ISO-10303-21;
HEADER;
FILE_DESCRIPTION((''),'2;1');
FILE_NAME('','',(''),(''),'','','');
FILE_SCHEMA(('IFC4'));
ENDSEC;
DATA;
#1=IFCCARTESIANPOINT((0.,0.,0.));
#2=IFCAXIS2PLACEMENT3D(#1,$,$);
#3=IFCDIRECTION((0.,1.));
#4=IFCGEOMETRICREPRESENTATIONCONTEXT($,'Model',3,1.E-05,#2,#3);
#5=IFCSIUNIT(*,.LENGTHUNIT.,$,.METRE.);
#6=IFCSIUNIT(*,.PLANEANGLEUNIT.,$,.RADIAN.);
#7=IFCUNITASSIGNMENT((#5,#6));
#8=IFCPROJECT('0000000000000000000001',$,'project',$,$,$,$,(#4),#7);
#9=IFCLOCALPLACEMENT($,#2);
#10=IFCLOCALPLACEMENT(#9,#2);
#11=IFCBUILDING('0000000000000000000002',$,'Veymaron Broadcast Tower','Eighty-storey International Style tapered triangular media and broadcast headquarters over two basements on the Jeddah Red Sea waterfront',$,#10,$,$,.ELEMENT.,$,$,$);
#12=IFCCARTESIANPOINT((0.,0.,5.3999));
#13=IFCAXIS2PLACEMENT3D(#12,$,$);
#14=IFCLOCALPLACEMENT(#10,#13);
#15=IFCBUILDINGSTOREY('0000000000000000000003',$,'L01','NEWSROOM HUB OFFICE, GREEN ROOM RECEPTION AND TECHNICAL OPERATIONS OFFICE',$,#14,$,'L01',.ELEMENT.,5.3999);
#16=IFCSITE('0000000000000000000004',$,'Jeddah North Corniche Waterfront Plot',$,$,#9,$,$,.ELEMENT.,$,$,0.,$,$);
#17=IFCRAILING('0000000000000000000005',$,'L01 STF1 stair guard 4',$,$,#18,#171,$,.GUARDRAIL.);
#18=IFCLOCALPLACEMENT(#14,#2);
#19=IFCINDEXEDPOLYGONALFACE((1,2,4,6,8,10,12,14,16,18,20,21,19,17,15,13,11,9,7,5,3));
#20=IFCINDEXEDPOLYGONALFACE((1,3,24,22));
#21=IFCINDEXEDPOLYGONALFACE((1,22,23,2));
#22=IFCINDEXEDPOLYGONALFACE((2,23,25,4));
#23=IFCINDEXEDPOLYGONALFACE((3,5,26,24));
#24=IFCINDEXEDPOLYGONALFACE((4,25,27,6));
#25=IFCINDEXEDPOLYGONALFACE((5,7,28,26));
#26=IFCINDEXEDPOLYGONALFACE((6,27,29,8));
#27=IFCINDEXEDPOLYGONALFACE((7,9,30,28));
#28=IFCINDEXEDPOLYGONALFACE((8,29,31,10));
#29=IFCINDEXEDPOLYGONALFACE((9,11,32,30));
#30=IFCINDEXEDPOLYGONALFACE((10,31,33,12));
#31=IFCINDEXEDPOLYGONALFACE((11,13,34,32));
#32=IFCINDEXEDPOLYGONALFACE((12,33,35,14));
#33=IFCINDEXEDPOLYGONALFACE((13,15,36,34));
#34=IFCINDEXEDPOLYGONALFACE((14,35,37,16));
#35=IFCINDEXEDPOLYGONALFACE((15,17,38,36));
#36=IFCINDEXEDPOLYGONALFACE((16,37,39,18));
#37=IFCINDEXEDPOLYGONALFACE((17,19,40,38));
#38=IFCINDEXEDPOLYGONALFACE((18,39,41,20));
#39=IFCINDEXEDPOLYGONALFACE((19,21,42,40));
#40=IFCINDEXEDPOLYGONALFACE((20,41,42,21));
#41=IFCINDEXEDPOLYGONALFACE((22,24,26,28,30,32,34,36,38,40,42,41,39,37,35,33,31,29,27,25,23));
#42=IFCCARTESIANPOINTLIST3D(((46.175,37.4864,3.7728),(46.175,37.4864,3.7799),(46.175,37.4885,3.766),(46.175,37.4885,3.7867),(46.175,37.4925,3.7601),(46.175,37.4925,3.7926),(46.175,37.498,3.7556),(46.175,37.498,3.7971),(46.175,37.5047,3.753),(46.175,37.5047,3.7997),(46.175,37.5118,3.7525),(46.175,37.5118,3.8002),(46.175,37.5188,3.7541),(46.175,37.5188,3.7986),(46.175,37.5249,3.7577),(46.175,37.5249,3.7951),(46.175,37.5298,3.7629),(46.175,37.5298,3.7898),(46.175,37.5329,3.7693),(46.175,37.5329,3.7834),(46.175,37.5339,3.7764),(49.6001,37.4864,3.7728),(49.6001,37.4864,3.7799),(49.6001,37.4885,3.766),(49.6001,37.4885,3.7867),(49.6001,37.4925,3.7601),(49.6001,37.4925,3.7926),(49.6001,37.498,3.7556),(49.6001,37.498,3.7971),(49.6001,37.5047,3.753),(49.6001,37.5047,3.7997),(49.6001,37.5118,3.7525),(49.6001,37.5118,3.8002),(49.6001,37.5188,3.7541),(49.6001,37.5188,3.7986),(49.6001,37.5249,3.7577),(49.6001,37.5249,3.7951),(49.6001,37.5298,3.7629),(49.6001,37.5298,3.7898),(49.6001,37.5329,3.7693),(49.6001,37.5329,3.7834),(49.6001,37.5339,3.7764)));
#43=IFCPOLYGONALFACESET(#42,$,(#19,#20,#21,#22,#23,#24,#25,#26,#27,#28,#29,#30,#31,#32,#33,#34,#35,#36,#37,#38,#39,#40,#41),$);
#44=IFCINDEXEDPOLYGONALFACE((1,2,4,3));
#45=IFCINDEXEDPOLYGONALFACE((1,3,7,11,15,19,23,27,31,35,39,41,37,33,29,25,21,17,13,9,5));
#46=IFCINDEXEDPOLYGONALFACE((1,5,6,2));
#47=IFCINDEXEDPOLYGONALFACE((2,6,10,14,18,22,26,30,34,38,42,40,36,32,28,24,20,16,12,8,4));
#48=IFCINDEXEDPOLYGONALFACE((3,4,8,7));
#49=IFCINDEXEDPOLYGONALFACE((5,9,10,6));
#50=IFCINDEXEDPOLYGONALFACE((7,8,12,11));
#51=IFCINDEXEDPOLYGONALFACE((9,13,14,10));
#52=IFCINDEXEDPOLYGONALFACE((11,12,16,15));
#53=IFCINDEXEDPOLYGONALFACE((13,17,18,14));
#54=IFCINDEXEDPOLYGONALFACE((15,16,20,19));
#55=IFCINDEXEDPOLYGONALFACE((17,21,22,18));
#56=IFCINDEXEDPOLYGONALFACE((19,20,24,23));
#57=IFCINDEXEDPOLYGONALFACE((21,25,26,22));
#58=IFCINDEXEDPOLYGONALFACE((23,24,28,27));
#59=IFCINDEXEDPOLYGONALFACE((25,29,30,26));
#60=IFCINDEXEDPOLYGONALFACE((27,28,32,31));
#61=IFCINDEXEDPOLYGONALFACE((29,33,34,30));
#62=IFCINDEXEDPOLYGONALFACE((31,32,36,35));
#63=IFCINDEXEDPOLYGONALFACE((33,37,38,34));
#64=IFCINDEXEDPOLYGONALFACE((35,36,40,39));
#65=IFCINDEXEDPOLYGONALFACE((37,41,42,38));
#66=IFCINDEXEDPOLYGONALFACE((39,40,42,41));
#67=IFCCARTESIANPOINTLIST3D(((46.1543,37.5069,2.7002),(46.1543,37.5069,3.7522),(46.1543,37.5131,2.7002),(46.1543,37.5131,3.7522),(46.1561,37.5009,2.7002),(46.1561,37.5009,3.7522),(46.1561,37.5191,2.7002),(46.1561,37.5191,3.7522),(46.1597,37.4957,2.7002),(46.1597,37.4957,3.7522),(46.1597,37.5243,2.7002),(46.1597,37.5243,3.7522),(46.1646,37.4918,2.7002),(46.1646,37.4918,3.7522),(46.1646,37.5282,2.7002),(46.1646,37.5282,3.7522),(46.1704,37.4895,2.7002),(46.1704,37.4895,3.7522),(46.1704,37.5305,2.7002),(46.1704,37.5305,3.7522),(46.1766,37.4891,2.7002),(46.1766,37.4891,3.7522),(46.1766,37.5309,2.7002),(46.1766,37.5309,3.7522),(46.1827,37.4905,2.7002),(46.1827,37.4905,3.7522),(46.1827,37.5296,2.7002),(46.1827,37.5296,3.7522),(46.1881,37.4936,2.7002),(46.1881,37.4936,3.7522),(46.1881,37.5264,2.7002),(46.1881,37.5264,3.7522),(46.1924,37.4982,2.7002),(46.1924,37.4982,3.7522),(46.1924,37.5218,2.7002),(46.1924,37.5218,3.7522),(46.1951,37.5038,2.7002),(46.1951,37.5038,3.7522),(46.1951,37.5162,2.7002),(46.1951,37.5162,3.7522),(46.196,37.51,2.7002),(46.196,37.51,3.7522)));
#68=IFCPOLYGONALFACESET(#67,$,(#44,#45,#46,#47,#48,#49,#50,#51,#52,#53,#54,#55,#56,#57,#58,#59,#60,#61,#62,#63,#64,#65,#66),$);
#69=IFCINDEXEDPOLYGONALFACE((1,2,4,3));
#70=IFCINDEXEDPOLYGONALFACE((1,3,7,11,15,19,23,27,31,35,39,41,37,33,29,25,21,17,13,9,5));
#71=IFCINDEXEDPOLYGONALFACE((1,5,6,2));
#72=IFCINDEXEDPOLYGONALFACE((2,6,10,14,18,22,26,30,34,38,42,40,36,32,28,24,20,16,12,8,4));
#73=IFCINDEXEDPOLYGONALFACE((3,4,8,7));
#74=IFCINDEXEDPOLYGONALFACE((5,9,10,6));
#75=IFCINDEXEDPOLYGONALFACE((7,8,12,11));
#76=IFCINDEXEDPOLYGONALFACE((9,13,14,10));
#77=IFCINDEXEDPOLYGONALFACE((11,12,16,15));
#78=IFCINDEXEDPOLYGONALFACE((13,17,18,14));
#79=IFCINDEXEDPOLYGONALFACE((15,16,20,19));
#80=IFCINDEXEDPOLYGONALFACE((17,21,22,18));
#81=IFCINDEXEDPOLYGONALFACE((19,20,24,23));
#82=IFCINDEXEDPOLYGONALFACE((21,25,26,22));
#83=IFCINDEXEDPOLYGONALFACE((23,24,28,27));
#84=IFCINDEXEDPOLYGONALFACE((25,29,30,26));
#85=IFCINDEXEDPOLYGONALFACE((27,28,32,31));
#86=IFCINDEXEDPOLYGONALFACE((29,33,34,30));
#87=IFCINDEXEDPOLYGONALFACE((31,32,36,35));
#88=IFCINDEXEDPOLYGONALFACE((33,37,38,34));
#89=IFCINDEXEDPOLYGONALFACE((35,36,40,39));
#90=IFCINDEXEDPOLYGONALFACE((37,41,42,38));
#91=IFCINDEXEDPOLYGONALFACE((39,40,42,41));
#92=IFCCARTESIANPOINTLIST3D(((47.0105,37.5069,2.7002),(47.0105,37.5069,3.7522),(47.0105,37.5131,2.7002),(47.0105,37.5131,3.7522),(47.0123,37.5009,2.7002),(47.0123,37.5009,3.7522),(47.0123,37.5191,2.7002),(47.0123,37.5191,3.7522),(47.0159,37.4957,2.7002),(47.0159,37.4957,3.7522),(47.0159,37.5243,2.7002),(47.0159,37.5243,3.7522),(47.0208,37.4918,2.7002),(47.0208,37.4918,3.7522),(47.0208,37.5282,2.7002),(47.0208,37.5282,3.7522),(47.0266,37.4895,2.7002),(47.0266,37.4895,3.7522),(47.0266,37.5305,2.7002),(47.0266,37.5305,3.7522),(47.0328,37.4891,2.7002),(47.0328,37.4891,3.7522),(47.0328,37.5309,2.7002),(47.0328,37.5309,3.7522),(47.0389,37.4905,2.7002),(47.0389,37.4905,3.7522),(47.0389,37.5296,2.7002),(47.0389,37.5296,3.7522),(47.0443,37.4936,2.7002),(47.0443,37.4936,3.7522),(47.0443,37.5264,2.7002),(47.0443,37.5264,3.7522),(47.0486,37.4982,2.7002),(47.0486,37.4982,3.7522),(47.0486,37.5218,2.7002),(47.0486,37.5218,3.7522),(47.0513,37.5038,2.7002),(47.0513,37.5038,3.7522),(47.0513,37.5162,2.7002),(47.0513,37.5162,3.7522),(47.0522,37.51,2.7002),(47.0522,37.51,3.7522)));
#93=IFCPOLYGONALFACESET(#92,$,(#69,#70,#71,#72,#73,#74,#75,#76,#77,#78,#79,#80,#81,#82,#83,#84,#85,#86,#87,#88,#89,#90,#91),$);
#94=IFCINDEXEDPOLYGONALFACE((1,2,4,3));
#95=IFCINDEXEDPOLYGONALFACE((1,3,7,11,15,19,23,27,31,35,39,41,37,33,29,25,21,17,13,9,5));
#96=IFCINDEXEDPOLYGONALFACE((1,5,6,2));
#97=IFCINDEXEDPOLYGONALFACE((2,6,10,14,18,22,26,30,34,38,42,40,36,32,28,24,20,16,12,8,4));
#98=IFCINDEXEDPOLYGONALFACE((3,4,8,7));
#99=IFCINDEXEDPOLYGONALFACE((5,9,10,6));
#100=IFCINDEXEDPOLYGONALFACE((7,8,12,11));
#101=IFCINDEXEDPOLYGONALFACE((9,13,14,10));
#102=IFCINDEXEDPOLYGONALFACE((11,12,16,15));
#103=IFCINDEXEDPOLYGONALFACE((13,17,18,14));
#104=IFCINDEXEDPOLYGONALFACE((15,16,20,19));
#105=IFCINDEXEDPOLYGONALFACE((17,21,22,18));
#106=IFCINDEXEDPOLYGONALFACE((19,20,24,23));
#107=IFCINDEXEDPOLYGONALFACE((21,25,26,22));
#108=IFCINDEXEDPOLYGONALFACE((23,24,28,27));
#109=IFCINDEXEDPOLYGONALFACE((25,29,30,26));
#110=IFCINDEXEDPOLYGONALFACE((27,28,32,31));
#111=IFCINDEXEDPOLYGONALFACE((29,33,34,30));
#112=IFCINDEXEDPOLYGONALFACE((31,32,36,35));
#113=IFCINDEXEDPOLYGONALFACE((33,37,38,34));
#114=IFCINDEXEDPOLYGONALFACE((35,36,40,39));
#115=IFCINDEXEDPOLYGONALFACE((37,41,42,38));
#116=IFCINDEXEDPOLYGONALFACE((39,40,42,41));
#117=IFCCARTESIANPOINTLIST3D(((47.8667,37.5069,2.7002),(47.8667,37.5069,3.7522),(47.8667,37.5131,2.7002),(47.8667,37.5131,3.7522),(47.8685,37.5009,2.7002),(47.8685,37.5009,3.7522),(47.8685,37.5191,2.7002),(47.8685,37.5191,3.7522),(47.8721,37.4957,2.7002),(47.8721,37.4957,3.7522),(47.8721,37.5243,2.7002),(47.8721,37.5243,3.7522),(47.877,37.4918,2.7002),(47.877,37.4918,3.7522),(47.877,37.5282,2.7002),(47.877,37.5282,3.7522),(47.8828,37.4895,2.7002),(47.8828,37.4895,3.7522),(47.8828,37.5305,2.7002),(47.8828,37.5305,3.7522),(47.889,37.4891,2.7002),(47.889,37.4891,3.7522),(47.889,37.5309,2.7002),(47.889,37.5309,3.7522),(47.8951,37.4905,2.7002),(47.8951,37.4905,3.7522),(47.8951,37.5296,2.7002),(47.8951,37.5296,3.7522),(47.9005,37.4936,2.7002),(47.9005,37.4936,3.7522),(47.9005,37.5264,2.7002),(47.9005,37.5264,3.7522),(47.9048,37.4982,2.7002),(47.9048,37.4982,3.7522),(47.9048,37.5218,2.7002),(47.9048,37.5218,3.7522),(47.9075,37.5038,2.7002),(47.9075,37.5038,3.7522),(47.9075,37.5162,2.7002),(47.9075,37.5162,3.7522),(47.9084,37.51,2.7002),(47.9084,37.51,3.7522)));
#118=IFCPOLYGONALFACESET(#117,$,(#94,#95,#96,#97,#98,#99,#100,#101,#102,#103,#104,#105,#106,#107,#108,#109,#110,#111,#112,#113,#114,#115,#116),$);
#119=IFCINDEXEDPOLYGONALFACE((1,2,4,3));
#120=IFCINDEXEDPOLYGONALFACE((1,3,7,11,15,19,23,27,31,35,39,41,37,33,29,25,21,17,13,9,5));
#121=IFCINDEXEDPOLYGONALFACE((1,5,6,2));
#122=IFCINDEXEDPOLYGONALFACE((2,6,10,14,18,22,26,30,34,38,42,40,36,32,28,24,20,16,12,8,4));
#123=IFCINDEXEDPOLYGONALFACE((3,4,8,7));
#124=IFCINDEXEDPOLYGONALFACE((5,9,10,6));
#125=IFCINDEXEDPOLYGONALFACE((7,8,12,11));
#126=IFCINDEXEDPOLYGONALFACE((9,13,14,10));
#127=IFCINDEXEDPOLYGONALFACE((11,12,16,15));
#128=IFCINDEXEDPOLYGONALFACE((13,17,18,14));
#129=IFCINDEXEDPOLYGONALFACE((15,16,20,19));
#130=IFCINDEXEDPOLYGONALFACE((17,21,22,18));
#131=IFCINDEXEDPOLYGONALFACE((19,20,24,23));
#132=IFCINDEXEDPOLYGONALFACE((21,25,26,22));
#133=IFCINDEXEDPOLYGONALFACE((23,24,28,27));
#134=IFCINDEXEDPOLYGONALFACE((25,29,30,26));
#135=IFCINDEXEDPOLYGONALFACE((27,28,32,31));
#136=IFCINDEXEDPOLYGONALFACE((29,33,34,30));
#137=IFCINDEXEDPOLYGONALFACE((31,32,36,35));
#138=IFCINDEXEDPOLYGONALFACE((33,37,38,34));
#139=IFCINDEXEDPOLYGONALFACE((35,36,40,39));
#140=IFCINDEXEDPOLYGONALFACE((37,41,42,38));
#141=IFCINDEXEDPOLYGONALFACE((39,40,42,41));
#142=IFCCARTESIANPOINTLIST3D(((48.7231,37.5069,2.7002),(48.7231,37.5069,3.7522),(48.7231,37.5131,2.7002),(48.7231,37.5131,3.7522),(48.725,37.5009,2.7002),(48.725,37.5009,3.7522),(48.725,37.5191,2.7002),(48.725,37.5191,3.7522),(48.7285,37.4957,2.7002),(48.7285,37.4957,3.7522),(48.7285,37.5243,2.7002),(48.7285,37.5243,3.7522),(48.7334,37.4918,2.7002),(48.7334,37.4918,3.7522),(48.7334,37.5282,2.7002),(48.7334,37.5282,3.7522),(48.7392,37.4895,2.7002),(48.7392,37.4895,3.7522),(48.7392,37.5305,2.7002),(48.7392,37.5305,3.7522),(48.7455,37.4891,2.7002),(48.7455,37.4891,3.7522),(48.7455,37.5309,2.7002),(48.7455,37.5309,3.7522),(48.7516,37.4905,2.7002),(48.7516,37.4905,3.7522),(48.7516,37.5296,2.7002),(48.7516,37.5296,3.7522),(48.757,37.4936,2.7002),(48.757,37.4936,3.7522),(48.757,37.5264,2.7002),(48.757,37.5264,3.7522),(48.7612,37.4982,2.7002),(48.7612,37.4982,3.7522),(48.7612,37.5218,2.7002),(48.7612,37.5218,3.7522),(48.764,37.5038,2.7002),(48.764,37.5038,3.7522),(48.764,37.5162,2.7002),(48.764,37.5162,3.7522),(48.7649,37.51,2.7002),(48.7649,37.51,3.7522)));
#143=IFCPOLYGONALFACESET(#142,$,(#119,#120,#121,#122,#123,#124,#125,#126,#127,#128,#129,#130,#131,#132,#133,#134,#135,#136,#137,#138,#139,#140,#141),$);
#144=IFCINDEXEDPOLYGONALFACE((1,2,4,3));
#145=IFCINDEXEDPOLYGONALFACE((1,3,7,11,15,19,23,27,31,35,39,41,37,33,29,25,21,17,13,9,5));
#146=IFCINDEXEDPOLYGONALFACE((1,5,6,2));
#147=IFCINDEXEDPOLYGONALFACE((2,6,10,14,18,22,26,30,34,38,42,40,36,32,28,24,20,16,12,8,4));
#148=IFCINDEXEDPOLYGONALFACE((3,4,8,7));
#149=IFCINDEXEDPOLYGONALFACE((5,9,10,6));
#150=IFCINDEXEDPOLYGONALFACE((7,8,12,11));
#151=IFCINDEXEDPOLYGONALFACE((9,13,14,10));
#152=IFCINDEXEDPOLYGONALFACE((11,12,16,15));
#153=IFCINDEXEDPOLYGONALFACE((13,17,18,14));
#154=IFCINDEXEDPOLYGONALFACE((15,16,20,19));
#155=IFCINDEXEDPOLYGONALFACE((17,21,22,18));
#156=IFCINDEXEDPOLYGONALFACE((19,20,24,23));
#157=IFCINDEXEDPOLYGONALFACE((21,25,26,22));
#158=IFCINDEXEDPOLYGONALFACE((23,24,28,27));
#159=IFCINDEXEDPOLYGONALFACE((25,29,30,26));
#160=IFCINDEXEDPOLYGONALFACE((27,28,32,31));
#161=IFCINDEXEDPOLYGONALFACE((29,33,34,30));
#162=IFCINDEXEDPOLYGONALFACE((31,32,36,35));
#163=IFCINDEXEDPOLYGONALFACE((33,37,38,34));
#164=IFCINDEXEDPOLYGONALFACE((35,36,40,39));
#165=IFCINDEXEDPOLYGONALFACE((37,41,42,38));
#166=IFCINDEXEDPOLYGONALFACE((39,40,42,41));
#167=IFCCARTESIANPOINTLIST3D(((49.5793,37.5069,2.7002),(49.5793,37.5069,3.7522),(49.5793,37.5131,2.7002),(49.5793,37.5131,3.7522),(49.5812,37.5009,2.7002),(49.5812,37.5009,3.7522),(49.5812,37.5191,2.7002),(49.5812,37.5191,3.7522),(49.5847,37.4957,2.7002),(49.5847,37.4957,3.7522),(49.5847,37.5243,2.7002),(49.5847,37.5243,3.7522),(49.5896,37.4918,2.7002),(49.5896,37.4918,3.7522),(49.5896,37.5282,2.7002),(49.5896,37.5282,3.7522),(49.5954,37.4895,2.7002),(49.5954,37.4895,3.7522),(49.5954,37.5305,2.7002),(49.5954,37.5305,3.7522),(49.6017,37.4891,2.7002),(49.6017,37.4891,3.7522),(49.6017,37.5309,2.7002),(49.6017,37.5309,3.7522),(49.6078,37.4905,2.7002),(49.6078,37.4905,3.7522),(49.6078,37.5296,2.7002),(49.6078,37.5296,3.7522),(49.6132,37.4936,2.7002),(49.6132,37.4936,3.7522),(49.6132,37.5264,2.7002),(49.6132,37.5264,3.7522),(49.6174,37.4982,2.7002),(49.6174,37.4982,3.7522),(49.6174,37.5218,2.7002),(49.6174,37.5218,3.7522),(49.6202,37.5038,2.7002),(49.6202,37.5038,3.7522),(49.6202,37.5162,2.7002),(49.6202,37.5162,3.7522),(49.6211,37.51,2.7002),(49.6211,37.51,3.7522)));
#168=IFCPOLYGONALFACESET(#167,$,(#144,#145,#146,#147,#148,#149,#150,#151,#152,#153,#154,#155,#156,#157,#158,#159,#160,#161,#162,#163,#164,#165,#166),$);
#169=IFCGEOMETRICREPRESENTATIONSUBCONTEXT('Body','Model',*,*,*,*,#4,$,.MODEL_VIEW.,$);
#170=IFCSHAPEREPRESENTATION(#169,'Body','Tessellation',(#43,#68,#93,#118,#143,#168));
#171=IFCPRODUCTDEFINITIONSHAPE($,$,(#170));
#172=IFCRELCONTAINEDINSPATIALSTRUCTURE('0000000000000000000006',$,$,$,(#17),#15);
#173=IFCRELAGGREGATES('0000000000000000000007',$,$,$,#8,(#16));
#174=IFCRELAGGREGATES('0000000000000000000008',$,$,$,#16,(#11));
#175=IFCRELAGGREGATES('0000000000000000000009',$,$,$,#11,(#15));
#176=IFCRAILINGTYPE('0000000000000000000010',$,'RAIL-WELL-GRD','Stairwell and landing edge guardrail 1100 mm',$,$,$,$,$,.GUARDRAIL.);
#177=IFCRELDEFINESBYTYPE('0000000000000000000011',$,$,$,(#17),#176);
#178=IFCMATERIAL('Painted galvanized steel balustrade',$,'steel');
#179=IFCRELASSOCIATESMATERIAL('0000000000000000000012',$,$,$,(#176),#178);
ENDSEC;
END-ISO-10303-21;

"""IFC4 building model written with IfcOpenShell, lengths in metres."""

from ifc_helpers import new_model, si_unit, direction, frame, origin, origin_2d, place, context, subcontext, project, spatial, circle, extrude, material, type_object, element, save


model = new_model("IFC4")

# Units and contexts
model_context = context("Model", 3, precision=1e-05, world=origin(), true_north=direction((0.0, 1.0)))
body_context = subcontext(model_context, "Body", "Model", "MODEL_VIEW")
ifc_project = project(units=[si_unit("LENGTHUNIT", "METRE"), si_unit("PLANEANGLEUNIT", "RADIAN")], contexts=[model_context])

# Site, building, storey
site_placement = place(None, origin())
site = spatial("IfcSite", under=ifc_project, at=site_placement, Name="Jeddah North Corniche Waterfront Plot", CompositionType="ELEMENT", RefElevation=0.0)
building_placement = place(site_placement, origin())
building = spatial("IfcBuilding", under=site, at=building_placement, Name="Veymaron Broadcast Tower", Description="Eighty-storey International Style tapered triangular media and broadcast headquarters over two basements on the Jeddah Red Sea waterfront", CompositionType="ELEMENT")
storey_placement = place(building_placement, frame((0.0, 0.0, 5.3999)))
storey = spatial("IfcBuildingStorey", under=building, at=storey_placement, Name="L01", Description="NEWSROOM HUB OFFICE, GREEN ROOM RECEPTION AND TECHNICAL OPERATIONS OFFICE", LongName="L01", CompositionType="ELEMENT", Elevation=5.3999)

# Railing
ifc_material_1 = material(Name="Painted galvanized steel balustrade", Category="steel")
railing_type_1 = type_object("IfcRailingType", Name="RAIL-WELL-GRD", Description="Stairwell and landing edge guardrail 1100 mm", PredefinedType="GUARDRAIL", material=ifc_material_1)
railing_1_placement = place(storey_placement, frame((46.175, 37.51, 2.7002)))
element("IfcRailing", 1, at=railing_1_placement, inside=storey, type_object=railing_type_1, Name="L01 STF1 stair guard 4", PredefinedType="GUARDRAIL", context=body_context, shape_type="SweptSolid", body=[
    extrude(circle(Radius=0.0239, at=origin_2d()), frame((0.0, 0.0, 1.0762), z_axis=(1.0, 0.0, 0.0), x_axis=(0.0, 1.0, 0.0)), (0.0, 0.0, 1.0), 3.425),
    extrude(circle(Radius=0.021, at=origin_2d()), origin(), (0.0, 0.0, 1.0), 1.052),
    extrude(circle(Radius=0.021, at=origin_2d()), frame((0.8562, 0.0, 0.0)), (0.0, 0.0, 1.0), 1.052),
    extrude(circle(Radius=0.021, at=origin_2d()), frame((1.7124, 0.0, 0.0)), (0.0, 0.0, 1.0), 1.052),
    extrude(circle(Radius=0.021, at=origin_2d()), frame((2.5688, 0.0, 0.0)), (0.0, 0.0, 1.0), 1.052),
    extrude(circle(Radius=0.021, at=origin_2d()), frame((3.425, 0.0, 0.0)), (0.0, 0.0, 1.0), 1.052),
])

save(model, "model.ifc")
